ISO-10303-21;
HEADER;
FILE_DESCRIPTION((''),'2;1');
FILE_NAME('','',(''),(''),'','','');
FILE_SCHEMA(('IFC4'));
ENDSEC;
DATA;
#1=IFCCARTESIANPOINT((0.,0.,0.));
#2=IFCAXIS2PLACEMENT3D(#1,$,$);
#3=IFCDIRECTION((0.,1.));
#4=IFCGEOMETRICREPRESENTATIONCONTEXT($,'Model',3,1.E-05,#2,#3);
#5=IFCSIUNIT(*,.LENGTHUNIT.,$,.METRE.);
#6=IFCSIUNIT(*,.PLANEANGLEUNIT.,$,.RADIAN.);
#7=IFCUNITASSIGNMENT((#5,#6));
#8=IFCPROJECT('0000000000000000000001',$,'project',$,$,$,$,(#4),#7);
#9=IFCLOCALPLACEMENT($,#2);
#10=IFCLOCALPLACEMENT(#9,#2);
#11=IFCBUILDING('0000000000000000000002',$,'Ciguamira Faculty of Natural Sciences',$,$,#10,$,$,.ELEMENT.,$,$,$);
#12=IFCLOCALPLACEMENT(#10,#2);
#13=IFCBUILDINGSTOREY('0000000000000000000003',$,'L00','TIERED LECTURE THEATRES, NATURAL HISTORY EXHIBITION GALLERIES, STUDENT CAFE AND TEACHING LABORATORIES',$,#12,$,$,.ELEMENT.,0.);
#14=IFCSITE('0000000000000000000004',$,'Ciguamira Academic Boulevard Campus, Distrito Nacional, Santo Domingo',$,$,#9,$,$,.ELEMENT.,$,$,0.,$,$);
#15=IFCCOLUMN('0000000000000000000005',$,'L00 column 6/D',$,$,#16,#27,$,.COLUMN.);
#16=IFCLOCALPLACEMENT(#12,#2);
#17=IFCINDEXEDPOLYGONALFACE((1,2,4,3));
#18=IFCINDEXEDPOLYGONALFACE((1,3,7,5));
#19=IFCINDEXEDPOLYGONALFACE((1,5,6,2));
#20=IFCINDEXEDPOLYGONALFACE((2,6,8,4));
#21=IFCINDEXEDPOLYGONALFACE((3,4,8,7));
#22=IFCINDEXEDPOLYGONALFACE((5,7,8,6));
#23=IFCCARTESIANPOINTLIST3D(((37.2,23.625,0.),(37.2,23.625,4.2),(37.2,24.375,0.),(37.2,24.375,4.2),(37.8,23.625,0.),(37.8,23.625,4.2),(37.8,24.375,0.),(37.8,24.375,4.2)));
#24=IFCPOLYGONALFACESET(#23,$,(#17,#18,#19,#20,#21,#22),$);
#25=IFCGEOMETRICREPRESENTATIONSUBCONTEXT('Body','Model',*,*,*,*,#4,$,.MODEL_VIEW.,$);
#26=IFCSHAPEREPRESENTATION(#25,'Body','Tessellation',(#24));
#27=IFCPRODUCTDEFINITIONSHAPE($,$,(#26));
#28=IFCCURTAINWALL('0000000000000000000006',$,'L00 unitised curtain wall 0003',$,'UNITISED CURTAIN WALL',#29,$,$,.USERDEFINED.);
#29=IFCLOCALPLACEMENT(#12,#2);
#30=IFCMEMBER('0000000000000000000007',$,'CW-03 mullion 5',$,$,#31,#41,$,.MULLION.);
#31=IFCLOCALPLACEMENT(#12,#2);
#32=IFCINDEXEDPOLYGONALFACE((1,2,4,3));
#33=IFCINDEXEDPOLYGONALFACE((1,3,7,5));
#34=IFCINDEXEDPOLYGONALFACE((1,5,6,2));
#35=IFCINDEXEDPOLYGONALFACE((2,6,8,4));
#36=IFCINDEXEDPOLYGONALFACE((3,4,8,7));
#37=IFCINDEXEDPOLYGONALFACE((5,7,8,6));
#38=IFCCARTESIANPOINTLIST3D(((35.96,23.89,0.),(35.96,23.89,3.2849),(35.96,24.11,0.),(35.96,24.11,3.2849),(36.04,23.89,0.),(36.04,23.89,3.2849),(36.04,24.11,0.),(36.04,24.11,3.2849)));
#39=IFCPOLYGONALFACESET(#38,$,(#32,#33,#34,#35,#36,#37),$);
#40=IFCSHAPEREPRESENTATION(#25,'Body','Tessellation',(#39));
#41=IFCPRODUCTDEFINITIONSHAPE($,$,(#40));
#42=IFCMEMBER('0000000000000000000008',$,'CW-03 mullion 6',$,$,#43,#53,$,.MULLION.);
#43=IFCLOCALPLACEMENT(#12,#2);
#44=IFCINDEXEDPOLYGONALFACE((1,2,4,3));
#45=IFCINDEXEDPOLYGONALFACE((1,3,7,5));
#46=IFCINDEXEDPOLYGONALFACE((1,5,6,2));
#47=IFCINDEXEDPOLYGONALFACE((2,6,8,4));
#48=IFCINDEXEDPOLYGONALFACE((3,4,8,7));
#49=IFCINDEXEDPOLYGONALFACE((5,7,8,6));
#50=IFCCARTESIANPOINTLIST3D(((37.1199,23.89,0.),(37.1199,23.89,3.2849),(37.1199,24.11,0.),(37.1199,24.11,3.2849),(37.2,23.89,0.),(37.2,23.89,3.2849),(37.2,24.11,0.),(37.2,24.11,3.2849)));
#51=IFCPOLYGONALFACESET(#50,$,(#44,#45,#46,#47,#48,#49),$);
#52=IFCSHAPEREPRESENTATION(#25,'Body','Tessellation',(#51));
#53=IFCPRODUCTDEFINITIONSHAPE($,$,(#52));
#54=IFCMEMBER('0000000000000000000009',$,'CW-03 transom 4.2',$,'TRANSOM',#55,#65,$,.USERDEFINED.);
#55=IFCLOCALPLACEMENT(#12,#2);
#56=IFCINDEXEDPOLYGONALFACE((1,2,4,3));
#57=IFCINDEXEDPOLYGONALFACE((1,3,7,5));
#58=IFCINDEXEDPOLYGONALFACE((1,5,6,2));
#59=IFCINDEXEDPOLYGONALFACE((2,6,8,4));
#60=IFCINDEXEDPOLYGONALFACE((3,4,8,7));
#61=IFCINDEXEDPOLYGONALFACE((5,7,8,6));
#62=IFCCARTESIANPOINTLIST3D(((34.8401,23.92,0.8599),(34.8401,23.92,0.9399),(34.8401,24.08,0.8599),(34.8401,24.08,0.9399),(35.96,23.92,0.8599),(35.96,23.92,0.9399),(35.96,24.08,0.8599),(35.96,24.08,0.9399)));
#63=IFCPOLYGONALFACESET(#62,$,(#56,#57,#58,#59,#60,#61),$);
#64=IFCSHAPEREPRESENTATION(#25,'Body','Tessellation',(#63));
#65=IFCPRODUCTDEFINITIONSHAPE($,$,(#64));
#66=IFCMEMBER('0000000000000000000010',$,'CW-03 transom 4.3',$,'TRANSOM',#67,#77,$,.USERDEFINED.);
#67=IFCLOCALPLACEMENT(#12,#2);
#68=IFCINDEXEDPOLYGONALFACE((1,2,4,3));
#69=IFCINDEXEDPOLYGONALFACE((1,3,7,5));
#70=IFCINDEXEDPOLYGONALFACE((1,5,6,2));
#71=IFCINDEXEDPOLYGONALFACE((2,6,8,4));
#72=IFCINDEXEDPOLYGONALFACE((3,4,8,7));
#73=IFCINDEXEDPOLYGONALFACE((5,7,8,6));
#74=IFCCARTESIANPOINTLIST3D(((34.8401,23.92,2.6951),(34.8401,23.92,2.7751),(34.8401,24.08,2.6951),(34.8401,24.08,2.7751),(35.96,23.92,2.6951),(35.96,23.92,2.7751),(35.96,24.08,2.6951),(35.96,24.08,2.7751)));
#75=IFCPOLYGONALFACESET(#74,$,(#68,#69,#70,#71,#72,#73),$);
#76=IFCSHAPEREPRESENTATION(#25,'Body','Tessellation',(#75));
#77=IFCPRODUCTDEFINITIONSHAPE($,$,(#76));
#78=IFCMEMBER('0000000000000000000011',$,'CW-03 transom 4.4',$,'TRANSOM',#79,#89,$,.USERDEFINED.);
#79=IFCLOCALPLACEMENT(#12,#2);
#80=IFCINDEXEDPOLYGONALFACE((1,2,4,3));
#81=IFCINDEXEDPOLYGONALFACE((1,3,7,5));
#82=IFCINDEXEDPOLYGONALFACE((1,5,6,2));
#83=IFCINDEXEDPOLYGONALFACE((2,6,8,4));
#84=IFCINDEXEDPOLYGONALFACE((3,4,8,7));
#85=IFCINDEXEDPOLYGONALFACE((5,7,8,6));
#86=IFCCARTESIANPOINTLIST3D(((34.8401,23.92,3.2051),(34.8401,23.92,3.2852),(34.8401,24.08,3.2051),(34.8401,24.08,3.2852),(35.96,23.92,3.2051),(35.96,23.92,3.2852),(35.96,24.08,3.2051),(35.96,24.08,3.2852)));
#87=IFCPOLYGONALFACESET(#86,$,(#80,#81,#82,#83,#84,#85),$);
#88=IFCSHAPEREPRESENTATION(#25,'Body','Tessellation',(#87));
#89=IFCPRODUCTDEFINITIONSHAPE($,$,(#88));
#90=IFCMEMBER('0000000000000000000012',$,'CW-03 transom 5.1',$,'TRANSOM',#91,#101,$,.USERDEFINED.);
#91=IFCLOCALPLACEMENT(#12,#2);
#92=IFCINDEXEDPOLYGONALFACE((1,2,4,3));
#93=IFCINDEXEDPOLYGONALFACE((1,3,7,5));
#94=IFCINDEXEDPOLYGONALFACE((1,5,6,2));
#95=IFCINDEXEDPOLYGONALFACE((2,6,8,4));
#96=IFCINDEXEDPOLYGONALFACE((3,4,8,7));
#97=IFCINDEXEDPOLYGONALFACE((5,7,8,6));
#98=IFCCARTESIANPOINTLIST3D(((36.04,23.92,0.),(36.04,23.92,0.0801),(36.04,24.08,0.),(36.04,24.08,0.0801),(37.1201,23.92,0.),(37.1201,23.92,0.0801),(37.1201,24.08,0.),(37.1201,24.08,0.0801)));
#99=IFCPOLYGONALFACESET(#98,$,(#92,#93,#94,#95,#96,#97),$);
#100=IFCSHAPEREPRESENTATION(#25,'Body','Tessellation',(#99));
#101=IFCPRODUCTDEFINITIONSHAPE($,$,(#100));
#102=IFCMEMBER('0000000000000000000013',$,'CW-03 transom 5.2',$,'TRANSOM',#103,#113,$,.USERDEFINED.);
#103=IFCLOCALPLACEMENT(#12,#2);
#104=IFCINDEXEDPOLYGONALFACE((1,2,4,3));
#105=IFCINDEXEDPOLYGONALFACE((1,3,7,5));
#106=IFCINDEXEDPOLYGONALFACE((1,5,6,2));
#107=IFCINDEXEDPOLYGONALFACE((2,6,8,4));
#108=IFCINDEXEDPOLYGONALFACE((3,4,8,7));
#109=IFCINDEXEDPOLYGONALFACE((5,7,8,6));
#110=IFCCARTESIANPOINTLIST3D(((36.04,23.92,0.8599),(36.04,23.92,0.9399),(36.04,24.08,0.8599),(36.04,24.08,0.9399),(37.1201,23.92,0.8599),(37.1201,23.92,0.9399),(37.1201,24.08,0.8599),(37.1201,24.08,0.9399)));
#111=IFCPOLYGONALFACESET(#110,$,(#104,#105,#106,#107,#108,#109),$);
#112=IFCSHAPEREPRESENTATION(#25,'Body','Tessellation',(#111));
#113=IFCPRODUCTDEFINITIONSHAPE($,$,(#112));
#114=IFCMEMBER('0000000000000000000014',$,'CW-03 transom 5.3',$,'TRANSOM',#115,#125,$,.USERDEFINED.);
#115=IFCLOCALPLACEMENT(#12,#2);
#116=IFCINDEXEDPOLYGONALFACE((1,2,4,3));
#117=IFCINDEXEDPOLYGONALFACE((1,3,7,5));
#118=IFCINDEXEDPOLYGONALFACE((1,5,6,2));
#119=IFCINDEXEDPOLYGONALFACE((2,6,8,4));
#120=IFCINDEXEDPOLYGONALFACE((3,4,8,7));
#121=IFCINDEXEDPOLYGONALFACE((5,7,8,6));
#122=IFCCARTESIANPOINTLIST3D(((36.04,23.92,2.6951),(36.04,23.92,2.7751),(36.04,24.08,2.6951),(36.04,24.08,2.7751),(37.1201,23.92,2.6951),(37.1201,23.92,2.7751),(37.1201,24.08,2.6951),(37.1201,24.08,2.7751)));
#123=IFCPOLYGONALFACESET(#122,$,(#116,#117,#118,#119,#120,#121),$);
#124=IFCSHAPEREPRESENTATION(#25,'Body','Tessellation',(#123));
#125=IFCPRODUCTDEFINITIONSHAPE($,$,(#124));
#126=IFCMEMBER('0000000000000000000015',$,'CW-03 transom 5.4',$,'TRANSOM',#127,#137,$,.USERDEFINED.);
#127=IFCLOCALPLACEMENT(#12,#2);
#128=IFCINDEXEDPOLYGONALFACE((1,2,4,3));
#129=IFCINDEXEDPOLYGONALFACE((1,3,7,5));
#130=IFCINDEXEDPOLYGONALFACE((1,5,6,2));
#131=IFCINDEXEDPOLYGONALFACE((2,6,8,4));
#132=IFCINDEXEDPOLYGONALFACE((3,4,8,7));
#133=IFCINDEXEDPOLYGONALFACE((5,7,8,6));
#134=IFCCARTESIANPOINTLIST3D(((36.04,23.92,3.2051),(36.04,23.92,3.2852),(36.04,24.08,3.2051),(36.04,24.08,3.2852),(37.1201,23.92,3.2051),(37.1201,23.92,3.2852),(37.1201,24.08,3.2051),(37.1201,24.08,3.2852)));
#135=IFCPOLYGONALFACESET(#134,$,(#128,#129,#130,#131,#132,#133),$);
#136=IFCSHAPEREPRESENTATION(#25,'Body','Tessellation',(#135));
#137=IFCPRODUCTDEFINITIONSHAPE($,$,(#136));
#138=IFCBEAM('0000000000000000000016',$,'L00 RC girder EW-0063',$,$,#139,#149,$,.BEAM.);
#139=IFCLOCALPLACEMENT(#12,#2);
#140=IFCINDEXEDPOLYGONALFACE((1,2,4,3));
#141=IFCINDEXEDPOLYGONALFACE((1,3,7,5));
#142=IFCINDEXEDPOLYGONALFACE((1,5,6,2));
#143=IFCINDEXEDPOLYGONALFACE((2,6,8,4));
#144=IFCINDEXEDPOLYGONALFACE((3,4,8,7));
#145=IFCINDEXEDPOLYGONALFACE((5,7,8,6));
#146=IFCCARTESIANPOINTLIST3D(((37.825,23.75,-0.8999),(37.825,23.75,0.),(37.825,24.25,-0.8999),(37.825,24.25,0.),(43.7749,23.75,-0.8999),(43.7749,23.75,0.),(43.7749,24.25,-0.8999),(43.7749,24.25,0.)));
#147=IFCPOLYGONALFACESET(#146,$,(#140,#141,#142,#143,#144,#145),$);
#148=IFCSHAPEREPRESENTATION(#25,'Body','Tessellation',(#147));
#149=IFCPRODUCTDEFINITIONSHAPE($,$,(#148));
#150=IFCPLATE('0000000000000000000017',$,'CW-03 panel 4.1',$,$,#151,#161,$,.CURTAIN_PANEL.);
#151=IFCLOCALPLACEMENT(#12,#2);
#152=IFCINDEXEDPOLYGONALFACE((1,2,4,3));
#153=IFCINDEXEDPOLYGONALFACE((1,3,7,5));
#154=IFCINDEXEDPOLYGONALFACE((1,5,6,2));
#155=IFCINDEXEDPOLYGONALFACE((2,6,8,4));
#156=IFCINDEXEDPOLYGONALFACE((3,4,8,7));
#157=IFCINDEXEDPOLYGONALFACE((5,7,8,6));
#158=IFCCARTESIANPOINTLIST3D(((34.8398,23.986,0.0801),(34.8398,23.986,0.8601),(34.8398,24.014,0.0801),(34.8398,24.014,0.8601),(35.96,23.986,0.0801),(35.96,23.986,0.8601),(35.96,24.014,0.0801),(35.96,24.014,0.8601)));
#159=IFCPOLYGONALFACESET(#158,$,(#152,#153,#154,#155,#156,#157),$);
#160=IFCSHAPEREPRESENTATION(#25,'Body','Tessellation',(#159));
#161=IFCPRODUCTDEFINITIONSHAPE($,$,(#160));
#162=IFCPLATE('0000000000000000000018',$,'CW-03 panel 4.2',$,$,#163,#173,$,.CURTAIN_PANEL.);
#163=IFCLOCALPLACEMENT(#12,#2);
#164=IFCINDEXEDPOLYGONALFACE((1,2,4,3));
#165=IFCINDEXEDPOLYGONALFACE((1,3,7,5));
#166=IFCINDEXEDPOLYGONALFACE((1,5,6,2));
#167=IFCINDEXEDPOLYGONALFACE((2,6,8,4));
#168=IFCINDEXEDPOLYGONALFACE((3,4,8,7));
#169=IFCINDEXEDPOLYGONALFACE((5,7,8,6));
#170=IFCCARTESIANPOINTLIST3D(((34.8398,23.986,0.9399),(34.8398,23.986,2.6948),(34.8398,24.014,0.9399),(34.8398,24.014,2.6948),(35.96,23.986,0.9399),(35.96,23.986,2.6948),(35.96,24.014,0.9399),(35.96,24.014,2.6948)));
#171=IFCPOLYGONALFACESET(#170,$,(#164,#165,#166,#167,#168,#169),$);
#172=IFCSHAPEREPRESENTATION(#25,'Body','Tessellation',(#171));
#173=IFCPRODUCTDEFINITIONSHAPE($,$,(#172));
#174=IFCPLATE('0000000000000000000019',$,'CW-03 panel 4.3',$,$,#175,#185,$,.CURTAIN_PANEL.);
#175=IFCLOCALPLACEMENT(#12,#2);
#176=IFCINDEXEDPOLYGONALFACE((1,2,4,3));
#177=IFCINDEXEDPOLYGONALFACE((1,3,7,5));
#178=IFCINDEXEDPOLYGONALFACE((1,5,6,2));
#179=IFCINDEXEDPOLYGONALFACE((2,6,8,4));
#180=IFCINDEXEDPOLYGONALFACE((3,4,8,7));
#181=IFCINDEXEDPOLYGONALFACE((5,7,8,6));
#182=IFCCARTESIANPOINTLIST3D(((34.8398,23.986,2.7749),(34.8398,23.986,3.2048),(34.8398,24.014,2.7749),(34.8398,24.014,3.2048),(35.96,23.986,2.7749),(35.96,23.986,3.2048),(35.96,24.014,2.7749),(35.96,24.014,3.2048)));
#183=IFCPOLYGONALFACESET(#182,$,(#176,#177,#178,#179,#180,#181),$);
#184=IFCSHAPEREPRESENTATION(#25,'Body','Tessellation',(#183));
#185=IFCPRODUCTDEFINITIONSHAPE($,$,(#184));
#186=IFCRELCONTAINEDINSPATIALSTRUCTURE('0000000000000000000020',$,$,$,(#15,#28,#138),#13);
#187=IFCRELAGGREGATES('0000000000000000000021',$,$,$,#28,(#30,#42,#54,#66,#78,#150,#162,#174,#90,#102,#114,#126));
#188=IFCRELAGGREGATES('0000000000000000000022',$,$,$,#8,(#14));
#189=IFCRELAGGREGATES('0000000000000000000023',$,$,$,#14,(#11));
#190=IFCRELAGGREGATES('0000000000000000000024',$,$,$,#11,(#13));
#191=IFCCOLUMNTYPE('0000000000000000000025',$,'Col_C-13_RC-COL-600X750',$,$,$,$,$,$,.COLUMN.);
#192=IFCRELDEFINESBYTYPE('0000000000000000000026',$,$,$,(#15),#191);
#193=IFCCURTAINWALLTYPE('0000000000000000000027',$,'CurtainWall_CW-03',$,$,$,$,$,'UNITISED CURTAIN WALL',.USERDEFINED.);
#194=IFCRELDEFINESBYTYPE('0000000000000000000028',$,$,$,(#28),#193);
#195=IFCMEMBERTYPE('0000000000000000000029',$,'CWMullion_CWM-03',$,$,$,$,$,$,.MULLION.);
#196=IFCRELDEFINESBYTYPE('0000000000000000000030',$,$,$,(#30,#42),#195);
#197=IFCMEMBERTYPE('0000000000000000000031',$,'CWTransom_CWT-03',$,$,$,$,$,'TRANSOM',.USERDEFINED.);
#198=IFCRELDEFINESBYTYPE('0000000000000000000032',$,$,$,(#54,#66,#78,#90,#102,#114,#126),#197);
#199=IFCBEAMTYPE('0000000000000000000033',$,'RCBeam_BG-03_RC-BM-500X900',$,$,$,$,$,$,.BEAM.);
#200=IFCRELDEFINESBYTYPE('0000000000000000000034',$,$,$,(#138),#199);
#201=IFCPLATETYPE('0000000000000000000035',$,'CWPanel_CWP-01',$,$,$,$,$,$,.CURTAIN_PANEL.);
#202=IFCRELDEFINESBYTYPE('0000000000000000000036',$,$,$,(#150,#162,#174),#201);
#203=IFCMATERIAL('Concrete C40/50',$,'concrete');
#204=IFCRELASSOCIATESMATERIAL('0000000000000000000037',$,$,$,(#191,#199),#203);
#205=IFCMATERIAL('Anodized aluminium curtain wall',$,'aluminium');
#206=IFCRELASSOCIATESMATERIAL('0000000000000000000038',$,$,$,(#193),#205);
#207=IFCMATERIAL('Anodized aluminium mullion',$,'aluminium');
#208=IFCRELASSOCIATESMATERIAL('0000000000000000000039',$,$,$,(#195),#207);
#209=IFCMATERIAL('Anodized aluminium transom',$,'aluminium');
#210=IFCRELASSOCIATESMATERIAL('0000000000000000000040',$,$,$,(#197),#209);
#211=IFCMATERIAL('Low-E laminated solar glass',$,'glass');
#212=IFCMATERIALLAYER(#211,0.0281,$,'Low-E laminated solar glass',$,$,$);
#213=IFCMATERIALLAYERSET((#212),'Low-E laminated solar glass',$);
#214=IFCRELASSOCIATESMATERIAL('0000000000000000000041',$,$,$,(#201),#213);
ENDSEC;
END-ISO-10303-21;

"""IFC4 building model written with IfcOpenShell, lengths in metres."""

from ifc_helpers import new_model, si_unit, direction, frame, origin, origin_2d, place, context, subcontext, project, spatial, rectangle, extrude, material, layer, layer_set, material_profile, profile_set, type_object, element, aggregate, save


model = new_model("IFC4")

# Units and contexts
model_context = context("Model", 3, precision=1e-05, world=origin(), true_north=direction((0.0, 1.0)))
body_context = subcontext(model_context, "Body", "Model", "MODEL_VIEW")
ifc_project = project(units=[si_unit("LENGTHUNIT", "METRE"), si_unit("PLANEANGLEUNIT", "RADIAN")], contexts=[model_context])

# Site, building, storey
site_placement = place(None, origin())
site = spatial("IfcSite", under=ifc_project, at=site_placement, Name="Ciguamira Academic Boulevard Campus, Distrito Nacional, Santo Domingo", CompositionType="ELEMENT", RefElevation=0.0)
building_placement = place(site_placement, origin())
building = spatial("IfcBuilding", under=site, at=building_placement, Name="Ciguamira Faculty of Natural Sciences", CompositionType="ELEMENT")
storey_placement = place(building_placement, origin())
storey = spatial("IfcBuildingStorey", under=building, at=storey_placement, Name="L00", Description="TIERED LECTURE THEATRES, NATURAL HISTORY EXHIBITION GALLERIES, STUDENT CAFE AND TEACHING LABORATORIES", CompositionType="ELEMENT", Elevation=0.0)

# Column
ifc_material_1 = material(Name="Concrete C40/50", Category="concrete")
ifc_material_profile_1 = material_profile(ifc_material_1, rectangle(XDim=0.6001, YDim=0.75, at=origin_2d()), Name="RC-COL-600X750")
ifc_profile_set_1 = profile_set([ifc_material_profile_1], Name="Concrete C40/50")
column_type = type_object("IfcColumnType", Name="Col_C-13_RC-COL-600X750", PredefinedType="COLUMN", material=ifc_profile_set_1)
column_placement = place(storey_placement, frame((37.5, 24.0, 0.0), z_axis=(0.0, 0.0, 1.0), x_axis=(1.0, 0.0, 0.0)))
element("IfcColumn", 1, at=column_placement, inside=storey, type_object=column_type, Name="L00 column 6/D", PredefinedType="COLUMN", context=body_context, shape_type="SweptSolid", body=[
    extrude(rectangle(XDim=0.6001, YDim=0.75, at=origin_2d()), origin(), (0.0, 0.0, 1.0), 4.2),
])

# Curtain wall, members
ifc_material_2 = material(Name="Anodized aluminium curtain wall", Category="aluminium")
curtain_wall_type = type_object("IfcCurtainWallType", Name="CurtainWall_CW-03", ElementType="UNITISED CURTAIN WALL", PredefinedType="USERDEFINED", material=ifc_material_2)
curtain_wall_placement = place(storey_placement, origin())
curtain_wall = element("IfcCurtainWall", 2, at=curtain_wall_placement, inside=storey, type_object=curtain_wall_type, Name="L00 unitised curtain wall 0003", ObjectType="UNITISED CURTAIN WALL", PredefinedType="USERDEFINED")
ifc_material_3 = material(Name="Anodized aluminium mullion", Category="aluminium")
ifc_material_profile_2 = material_profile(ifc_material_3, rectangle(XDim=0.0801, YDim=0.22, at=origin_2d()), Name="ALU-MUL-80X220")
ifc_profile_set_2 = profile_set([ifc_material_profile_2], Name="Anodized aluminium mullion")
member_type_1 = type_object("IfcMemberType", Name="CWMullion_CWM-03", PredefinedType="MULLION", material=ifc_profile_set_2)
member_1_placement = place(storey_placement, frame((36.0, 24.0, 0.0), z_axis=(0.0, 0.0, 1.0), x_axis=(1.0, 0.0, 0.0)))
member_1 = element("IfcMember", 3, at=member_1_placement, type_object=member_type_1, Name="CW-03 mullion 5", PredefinedType="MULLION", context=body_context, shape_type="SweptSolid", body=[
    extrude(rectangle(XDim=0.0801, YDim=0.22, at=origin_2d()), origin(), (0.0, 0.0, 1.0), 3.2849),
])
member_2_placement = place(storey_placement, frame((37.1599, 24.0, 0.0), z_axis=(0.0, 0.0, 1.0), x_axis=(1.0, 0.0, 0.0)))
member_2 = element("IfcMember", 4, at=member_2_placement, type_object=member_type_1, Name="CW-03 mullion 6", PredefinedType="MULLION", context=body_context, shape_type="SweptSolid", body=[
    extrude(rectangle(XDim=0.0801, YDim=0.22, at=origin_2d()), origin(), (0.0, 0.0, 1.0), 3.2849),
])
ifc_material_4 = material(Name="Anodized aluminium transom", Category="aluminium")
ifc_material_profile_3 = material_profile(ifc_material_4, rectangle(XDim=0.0801, YDim=0.1599, at=origin_2d()), Name="ALU-TRN-80X160")
ifc_profile_set_3 = profile_set([ifc_material_profile_3], Name="Anodized aluminium transom")
member_type_2 = type_object("IfcMemberType", Name="CWTransom_CWT-03", ElementType="TRANSOM", PredefinedType="USERDEFINED", material=ifc_profile_set_3)
member_3_placement = place(storey_placement, frame((34.8401, 24.0, 0.8999), z_axis=(1.0, 0.0, 0.0), x_axis=(0.0, 0.0, 1.0)))
member_3 = element("IfcMember", 5, at=member_3_placement, type_object=member_type_2, Name="CW-03 transom 4.2", ObjectType="TRANSOM", PredefinedType="USERDEFINED", context=body_context, shape_type="SweptSolid", body=[
    extrude(rectangle(XDim=0.0801, YDim=0.1599, at=origin_2d()), origin(), (0.0, 0.0, 1.0), 1.1199),
])
member_4_placement = place(storey_placement, frame((34.8401, 24.0, 2.7351), z_axis=(1.0, 0.0, 0.0), x_axis=(0.0, 0.0, 1.0)))
member_4 = element("IfcMember", 6, at=member_4_placement, type_object=member_type_2, Name="CW-03 transom 4.3", ObjectType="TRANSOM", PredefinedType="USERDEFINED", context=body_context, shape_type="SweptSolid", body=[
    extrude(rectangle(XDim=0.0801, YDim=0.1599, at=origin_2d()), origin(), (0.0, 0.0, 1.0), 1.1199),
])
member_5_placement = place(storey_placement, frame((34.8401, 24.0, 3.2451), z_axis=(1.0, 0.0, 0.0), x_axis=(0.0, 0.0, 1.0)))
member_5 = element("IfcMember", 7, at=member_5_placement, type_object=member_type_2, Name="CW-03 transom 4.4", ObjectType="TRANSOM", PredefinedType="USERDEFINED", context=body_context, shape_type="SweptSolid", body=[
    extrude(rectangle(XDim=0.0801, YDim=0.1599, at=origin_2d()), origin(), (0.0, 0.0, 1.0), 1.1199),
])
member_6_placement = place(storey_placement, frame((36.04, 24.0, 0.04), z_axis=(1.0, 0.0, 0.0), x_axis=(0.0, 0.0, 1.0)))
member_6 = element("IfcMember", 8, at=member_6_placement, type_object=member_type_2, Name="CW-03 transom 5.1", ObjectType="TRANSOM", PredefinedType="USERDEFINED", context=body_context, shape_type="SweptSolid", body=[
    extrude(rectangle(XDim=0.0801, YDim=0.1599, at=origin_2d()), origin(), (0.0, 0.0, 1.0), 1.0801),
])
member_7_placement = place(storey_placement, frame((36.04, 24.0, 0.8999), z_axis=(1.0, 0.0, 0.0), x_axis=(0.0, 0.0, 1.0)))
member_7 = element("IfcMember", 9, at=member_7_placement, type_object=member_type_2, Name="CW-03 transom 5.2", ObjectType="TRANSOM", PredefinedType="USERDEFINED", context=body_context, shape_type="SweptSolid", body=[
    extrude(rectangle(XDim=0.0801, YDim=0.1599, at=origin_2d()), origin(), (0.0, 0.0, 1.0), 1.0801),
])
member_8_placement = place(storey_placement, frame((36.04, 24.0, 2.7351), z_axis=(1.0, 0.0, 0.0), x_axis=(0.0, 0.0, 1.0)))
member_8 = element("IfcMember", 10, at=member_8_placement, type_object=member_type_2, Name="CW-03 transom 5.3", ObjectType="TRANSOM", PredefinedType="USERDEFINED", context=body_context, shape_type="SweptSolid", body=[
    extrude(rectangle(XDim=0.0801, YDim=0.1599, at=origin_2d()), origin(), (0.0, 0.0, 1.0), 1.0801),
])
member_9_placement = place(storey_placement, frame((36.04, 24.0, 3.2451), z_axis=(1.0, 0.0, 0.0), x_axis=(0.0, 0.0, 1.0)))
member_9 = element("IfcMember", 11, at=member_9_placement, type_object=member_type_2, Name="CW-03 transom 5.4", ObjectType="TRANSOM", PredefinedType="USERDEFINED", context=body_context, shape_type="SweptSolid", body=[
    extrude(rectangle(XDim=0.0801, YDim=0.1599, at=origin_2d()), origin(), (0.0, 0.0, 1.0), 1.0801),
])

# Beam
ifc_material_profile_4 = material_profile(ifc_material_1, rectangle(XDim=0.5, YDim=0.8999, at=origin_2d()), Name="RC-BM-500X900")
ifc_profile_set_4 = profile_set([ifc_material_profile_4], Name="Concrete C40/50")
beam_type = type_object("IfcBeamType", Name="RCBeam_BG-03_RC-BM-500X900", PredefinedType="BEAM", material=ifc_profile_set_4)
beam_placement = place(storey_placement, frame((37.825, 24.0, -0.45), z_axis=(1.0, 0.0, 0.0), x_axis=(0.0, 1.0, 0.0)))
element("IfcBeam", 12, at=beam_placement, inside=storey, type_object=beam_type, Name="L00 RC girder EW-0063", PredefinedType="BEAM", context=body_context, shape_type="SweptSolid", body=[
    extrude(rectangle(XDim=0.5, YDim=0.8999, at=origin_2d()), origin(), (0.0, 0.0, 1.0), 5.95),
])

# Plates
ifc_material_5 = material(Name="Low-E laminated solar glass", Category="glass")
ifc_layer_1 = layer(ifc_material_5, 0.0281, Name="Low-E laminated solar glass")
ifc_layer_set_1 = layer_set([ifc_layer_1], Name="Low-E laminated solar glass")
plate_type = type_object("IfcPlateType", Name="CWPanel_CWP-01", PredefinedType="CURTAIN_PANEL", material=ifc_layer_set_1)
plate_1_placement = place(storey_placement, frame((35.3999, 24.0, 0.0801), z_axis=(0.0, 0.0, 1.0), x_axis=(1.0, 0.0, 0.0)))
plate_1 = element("IfcPlate", 13, at=plate_1_placement, type_object=plate_type, Name="CW-03 panel 4.1", PredefinedType="CURTAIN_PANEL", context=body_context, shape_type="SweptSolid", body=[
    extrude(rectangle(XDim=1.1201, YDim=0.0281, at=origin_2d()), origin(), (0.0, 0.0, 1.0), 0.78),
])
plate_2_placement = place(storey_placement, frame((35.3999, 24.0, 0.9399), z_axis=(0.0, 0.0, 1.0), x_axis=(1.0, 0.0, 0.0)))
plate_2 = element("IfcPlate", 14, at=plate_2_placement, type_object=plate_type, Name="CW-03 panel 4.2", PredefinedType="CURTAIN_PANEL", context=body_context, shape_type="SweptSolid", body=[
    extrude(rectangle(XDim=1.1201, YDim=0.0281, at=origin_2d()), origin(), (0.0, 0.0, 1.0), 1.7549),
])
plate_3_placement = place(storey_placement, frame((35.3999, 24.0, 2.7749), z_axis=(0.0, 0.0, 1.0), x_axis=(1.0, 0.0, 0.0)))
plate_3 = element("IfcPlate", 15, at=plate_3_placement, type_object=plate_type, Name="CW-03 panel 4.3", PredefinedType="CURTAIN_PANEL", context=body_context, shape_type="SweptSolid", body=[
    extrude(rectangle(XDim=1.1201, YDim=0.0281, at=origin_2d()), origin(), (0.0, 0.0, 1.0), 0.4299),
])
aggregate(curtain_wall, [member_1, member_2, member_3, member_4, member_5, plate_1, plate_2, plate_3, member_6, member_7, member_8, member_9])

save(model, "model.ifc")
